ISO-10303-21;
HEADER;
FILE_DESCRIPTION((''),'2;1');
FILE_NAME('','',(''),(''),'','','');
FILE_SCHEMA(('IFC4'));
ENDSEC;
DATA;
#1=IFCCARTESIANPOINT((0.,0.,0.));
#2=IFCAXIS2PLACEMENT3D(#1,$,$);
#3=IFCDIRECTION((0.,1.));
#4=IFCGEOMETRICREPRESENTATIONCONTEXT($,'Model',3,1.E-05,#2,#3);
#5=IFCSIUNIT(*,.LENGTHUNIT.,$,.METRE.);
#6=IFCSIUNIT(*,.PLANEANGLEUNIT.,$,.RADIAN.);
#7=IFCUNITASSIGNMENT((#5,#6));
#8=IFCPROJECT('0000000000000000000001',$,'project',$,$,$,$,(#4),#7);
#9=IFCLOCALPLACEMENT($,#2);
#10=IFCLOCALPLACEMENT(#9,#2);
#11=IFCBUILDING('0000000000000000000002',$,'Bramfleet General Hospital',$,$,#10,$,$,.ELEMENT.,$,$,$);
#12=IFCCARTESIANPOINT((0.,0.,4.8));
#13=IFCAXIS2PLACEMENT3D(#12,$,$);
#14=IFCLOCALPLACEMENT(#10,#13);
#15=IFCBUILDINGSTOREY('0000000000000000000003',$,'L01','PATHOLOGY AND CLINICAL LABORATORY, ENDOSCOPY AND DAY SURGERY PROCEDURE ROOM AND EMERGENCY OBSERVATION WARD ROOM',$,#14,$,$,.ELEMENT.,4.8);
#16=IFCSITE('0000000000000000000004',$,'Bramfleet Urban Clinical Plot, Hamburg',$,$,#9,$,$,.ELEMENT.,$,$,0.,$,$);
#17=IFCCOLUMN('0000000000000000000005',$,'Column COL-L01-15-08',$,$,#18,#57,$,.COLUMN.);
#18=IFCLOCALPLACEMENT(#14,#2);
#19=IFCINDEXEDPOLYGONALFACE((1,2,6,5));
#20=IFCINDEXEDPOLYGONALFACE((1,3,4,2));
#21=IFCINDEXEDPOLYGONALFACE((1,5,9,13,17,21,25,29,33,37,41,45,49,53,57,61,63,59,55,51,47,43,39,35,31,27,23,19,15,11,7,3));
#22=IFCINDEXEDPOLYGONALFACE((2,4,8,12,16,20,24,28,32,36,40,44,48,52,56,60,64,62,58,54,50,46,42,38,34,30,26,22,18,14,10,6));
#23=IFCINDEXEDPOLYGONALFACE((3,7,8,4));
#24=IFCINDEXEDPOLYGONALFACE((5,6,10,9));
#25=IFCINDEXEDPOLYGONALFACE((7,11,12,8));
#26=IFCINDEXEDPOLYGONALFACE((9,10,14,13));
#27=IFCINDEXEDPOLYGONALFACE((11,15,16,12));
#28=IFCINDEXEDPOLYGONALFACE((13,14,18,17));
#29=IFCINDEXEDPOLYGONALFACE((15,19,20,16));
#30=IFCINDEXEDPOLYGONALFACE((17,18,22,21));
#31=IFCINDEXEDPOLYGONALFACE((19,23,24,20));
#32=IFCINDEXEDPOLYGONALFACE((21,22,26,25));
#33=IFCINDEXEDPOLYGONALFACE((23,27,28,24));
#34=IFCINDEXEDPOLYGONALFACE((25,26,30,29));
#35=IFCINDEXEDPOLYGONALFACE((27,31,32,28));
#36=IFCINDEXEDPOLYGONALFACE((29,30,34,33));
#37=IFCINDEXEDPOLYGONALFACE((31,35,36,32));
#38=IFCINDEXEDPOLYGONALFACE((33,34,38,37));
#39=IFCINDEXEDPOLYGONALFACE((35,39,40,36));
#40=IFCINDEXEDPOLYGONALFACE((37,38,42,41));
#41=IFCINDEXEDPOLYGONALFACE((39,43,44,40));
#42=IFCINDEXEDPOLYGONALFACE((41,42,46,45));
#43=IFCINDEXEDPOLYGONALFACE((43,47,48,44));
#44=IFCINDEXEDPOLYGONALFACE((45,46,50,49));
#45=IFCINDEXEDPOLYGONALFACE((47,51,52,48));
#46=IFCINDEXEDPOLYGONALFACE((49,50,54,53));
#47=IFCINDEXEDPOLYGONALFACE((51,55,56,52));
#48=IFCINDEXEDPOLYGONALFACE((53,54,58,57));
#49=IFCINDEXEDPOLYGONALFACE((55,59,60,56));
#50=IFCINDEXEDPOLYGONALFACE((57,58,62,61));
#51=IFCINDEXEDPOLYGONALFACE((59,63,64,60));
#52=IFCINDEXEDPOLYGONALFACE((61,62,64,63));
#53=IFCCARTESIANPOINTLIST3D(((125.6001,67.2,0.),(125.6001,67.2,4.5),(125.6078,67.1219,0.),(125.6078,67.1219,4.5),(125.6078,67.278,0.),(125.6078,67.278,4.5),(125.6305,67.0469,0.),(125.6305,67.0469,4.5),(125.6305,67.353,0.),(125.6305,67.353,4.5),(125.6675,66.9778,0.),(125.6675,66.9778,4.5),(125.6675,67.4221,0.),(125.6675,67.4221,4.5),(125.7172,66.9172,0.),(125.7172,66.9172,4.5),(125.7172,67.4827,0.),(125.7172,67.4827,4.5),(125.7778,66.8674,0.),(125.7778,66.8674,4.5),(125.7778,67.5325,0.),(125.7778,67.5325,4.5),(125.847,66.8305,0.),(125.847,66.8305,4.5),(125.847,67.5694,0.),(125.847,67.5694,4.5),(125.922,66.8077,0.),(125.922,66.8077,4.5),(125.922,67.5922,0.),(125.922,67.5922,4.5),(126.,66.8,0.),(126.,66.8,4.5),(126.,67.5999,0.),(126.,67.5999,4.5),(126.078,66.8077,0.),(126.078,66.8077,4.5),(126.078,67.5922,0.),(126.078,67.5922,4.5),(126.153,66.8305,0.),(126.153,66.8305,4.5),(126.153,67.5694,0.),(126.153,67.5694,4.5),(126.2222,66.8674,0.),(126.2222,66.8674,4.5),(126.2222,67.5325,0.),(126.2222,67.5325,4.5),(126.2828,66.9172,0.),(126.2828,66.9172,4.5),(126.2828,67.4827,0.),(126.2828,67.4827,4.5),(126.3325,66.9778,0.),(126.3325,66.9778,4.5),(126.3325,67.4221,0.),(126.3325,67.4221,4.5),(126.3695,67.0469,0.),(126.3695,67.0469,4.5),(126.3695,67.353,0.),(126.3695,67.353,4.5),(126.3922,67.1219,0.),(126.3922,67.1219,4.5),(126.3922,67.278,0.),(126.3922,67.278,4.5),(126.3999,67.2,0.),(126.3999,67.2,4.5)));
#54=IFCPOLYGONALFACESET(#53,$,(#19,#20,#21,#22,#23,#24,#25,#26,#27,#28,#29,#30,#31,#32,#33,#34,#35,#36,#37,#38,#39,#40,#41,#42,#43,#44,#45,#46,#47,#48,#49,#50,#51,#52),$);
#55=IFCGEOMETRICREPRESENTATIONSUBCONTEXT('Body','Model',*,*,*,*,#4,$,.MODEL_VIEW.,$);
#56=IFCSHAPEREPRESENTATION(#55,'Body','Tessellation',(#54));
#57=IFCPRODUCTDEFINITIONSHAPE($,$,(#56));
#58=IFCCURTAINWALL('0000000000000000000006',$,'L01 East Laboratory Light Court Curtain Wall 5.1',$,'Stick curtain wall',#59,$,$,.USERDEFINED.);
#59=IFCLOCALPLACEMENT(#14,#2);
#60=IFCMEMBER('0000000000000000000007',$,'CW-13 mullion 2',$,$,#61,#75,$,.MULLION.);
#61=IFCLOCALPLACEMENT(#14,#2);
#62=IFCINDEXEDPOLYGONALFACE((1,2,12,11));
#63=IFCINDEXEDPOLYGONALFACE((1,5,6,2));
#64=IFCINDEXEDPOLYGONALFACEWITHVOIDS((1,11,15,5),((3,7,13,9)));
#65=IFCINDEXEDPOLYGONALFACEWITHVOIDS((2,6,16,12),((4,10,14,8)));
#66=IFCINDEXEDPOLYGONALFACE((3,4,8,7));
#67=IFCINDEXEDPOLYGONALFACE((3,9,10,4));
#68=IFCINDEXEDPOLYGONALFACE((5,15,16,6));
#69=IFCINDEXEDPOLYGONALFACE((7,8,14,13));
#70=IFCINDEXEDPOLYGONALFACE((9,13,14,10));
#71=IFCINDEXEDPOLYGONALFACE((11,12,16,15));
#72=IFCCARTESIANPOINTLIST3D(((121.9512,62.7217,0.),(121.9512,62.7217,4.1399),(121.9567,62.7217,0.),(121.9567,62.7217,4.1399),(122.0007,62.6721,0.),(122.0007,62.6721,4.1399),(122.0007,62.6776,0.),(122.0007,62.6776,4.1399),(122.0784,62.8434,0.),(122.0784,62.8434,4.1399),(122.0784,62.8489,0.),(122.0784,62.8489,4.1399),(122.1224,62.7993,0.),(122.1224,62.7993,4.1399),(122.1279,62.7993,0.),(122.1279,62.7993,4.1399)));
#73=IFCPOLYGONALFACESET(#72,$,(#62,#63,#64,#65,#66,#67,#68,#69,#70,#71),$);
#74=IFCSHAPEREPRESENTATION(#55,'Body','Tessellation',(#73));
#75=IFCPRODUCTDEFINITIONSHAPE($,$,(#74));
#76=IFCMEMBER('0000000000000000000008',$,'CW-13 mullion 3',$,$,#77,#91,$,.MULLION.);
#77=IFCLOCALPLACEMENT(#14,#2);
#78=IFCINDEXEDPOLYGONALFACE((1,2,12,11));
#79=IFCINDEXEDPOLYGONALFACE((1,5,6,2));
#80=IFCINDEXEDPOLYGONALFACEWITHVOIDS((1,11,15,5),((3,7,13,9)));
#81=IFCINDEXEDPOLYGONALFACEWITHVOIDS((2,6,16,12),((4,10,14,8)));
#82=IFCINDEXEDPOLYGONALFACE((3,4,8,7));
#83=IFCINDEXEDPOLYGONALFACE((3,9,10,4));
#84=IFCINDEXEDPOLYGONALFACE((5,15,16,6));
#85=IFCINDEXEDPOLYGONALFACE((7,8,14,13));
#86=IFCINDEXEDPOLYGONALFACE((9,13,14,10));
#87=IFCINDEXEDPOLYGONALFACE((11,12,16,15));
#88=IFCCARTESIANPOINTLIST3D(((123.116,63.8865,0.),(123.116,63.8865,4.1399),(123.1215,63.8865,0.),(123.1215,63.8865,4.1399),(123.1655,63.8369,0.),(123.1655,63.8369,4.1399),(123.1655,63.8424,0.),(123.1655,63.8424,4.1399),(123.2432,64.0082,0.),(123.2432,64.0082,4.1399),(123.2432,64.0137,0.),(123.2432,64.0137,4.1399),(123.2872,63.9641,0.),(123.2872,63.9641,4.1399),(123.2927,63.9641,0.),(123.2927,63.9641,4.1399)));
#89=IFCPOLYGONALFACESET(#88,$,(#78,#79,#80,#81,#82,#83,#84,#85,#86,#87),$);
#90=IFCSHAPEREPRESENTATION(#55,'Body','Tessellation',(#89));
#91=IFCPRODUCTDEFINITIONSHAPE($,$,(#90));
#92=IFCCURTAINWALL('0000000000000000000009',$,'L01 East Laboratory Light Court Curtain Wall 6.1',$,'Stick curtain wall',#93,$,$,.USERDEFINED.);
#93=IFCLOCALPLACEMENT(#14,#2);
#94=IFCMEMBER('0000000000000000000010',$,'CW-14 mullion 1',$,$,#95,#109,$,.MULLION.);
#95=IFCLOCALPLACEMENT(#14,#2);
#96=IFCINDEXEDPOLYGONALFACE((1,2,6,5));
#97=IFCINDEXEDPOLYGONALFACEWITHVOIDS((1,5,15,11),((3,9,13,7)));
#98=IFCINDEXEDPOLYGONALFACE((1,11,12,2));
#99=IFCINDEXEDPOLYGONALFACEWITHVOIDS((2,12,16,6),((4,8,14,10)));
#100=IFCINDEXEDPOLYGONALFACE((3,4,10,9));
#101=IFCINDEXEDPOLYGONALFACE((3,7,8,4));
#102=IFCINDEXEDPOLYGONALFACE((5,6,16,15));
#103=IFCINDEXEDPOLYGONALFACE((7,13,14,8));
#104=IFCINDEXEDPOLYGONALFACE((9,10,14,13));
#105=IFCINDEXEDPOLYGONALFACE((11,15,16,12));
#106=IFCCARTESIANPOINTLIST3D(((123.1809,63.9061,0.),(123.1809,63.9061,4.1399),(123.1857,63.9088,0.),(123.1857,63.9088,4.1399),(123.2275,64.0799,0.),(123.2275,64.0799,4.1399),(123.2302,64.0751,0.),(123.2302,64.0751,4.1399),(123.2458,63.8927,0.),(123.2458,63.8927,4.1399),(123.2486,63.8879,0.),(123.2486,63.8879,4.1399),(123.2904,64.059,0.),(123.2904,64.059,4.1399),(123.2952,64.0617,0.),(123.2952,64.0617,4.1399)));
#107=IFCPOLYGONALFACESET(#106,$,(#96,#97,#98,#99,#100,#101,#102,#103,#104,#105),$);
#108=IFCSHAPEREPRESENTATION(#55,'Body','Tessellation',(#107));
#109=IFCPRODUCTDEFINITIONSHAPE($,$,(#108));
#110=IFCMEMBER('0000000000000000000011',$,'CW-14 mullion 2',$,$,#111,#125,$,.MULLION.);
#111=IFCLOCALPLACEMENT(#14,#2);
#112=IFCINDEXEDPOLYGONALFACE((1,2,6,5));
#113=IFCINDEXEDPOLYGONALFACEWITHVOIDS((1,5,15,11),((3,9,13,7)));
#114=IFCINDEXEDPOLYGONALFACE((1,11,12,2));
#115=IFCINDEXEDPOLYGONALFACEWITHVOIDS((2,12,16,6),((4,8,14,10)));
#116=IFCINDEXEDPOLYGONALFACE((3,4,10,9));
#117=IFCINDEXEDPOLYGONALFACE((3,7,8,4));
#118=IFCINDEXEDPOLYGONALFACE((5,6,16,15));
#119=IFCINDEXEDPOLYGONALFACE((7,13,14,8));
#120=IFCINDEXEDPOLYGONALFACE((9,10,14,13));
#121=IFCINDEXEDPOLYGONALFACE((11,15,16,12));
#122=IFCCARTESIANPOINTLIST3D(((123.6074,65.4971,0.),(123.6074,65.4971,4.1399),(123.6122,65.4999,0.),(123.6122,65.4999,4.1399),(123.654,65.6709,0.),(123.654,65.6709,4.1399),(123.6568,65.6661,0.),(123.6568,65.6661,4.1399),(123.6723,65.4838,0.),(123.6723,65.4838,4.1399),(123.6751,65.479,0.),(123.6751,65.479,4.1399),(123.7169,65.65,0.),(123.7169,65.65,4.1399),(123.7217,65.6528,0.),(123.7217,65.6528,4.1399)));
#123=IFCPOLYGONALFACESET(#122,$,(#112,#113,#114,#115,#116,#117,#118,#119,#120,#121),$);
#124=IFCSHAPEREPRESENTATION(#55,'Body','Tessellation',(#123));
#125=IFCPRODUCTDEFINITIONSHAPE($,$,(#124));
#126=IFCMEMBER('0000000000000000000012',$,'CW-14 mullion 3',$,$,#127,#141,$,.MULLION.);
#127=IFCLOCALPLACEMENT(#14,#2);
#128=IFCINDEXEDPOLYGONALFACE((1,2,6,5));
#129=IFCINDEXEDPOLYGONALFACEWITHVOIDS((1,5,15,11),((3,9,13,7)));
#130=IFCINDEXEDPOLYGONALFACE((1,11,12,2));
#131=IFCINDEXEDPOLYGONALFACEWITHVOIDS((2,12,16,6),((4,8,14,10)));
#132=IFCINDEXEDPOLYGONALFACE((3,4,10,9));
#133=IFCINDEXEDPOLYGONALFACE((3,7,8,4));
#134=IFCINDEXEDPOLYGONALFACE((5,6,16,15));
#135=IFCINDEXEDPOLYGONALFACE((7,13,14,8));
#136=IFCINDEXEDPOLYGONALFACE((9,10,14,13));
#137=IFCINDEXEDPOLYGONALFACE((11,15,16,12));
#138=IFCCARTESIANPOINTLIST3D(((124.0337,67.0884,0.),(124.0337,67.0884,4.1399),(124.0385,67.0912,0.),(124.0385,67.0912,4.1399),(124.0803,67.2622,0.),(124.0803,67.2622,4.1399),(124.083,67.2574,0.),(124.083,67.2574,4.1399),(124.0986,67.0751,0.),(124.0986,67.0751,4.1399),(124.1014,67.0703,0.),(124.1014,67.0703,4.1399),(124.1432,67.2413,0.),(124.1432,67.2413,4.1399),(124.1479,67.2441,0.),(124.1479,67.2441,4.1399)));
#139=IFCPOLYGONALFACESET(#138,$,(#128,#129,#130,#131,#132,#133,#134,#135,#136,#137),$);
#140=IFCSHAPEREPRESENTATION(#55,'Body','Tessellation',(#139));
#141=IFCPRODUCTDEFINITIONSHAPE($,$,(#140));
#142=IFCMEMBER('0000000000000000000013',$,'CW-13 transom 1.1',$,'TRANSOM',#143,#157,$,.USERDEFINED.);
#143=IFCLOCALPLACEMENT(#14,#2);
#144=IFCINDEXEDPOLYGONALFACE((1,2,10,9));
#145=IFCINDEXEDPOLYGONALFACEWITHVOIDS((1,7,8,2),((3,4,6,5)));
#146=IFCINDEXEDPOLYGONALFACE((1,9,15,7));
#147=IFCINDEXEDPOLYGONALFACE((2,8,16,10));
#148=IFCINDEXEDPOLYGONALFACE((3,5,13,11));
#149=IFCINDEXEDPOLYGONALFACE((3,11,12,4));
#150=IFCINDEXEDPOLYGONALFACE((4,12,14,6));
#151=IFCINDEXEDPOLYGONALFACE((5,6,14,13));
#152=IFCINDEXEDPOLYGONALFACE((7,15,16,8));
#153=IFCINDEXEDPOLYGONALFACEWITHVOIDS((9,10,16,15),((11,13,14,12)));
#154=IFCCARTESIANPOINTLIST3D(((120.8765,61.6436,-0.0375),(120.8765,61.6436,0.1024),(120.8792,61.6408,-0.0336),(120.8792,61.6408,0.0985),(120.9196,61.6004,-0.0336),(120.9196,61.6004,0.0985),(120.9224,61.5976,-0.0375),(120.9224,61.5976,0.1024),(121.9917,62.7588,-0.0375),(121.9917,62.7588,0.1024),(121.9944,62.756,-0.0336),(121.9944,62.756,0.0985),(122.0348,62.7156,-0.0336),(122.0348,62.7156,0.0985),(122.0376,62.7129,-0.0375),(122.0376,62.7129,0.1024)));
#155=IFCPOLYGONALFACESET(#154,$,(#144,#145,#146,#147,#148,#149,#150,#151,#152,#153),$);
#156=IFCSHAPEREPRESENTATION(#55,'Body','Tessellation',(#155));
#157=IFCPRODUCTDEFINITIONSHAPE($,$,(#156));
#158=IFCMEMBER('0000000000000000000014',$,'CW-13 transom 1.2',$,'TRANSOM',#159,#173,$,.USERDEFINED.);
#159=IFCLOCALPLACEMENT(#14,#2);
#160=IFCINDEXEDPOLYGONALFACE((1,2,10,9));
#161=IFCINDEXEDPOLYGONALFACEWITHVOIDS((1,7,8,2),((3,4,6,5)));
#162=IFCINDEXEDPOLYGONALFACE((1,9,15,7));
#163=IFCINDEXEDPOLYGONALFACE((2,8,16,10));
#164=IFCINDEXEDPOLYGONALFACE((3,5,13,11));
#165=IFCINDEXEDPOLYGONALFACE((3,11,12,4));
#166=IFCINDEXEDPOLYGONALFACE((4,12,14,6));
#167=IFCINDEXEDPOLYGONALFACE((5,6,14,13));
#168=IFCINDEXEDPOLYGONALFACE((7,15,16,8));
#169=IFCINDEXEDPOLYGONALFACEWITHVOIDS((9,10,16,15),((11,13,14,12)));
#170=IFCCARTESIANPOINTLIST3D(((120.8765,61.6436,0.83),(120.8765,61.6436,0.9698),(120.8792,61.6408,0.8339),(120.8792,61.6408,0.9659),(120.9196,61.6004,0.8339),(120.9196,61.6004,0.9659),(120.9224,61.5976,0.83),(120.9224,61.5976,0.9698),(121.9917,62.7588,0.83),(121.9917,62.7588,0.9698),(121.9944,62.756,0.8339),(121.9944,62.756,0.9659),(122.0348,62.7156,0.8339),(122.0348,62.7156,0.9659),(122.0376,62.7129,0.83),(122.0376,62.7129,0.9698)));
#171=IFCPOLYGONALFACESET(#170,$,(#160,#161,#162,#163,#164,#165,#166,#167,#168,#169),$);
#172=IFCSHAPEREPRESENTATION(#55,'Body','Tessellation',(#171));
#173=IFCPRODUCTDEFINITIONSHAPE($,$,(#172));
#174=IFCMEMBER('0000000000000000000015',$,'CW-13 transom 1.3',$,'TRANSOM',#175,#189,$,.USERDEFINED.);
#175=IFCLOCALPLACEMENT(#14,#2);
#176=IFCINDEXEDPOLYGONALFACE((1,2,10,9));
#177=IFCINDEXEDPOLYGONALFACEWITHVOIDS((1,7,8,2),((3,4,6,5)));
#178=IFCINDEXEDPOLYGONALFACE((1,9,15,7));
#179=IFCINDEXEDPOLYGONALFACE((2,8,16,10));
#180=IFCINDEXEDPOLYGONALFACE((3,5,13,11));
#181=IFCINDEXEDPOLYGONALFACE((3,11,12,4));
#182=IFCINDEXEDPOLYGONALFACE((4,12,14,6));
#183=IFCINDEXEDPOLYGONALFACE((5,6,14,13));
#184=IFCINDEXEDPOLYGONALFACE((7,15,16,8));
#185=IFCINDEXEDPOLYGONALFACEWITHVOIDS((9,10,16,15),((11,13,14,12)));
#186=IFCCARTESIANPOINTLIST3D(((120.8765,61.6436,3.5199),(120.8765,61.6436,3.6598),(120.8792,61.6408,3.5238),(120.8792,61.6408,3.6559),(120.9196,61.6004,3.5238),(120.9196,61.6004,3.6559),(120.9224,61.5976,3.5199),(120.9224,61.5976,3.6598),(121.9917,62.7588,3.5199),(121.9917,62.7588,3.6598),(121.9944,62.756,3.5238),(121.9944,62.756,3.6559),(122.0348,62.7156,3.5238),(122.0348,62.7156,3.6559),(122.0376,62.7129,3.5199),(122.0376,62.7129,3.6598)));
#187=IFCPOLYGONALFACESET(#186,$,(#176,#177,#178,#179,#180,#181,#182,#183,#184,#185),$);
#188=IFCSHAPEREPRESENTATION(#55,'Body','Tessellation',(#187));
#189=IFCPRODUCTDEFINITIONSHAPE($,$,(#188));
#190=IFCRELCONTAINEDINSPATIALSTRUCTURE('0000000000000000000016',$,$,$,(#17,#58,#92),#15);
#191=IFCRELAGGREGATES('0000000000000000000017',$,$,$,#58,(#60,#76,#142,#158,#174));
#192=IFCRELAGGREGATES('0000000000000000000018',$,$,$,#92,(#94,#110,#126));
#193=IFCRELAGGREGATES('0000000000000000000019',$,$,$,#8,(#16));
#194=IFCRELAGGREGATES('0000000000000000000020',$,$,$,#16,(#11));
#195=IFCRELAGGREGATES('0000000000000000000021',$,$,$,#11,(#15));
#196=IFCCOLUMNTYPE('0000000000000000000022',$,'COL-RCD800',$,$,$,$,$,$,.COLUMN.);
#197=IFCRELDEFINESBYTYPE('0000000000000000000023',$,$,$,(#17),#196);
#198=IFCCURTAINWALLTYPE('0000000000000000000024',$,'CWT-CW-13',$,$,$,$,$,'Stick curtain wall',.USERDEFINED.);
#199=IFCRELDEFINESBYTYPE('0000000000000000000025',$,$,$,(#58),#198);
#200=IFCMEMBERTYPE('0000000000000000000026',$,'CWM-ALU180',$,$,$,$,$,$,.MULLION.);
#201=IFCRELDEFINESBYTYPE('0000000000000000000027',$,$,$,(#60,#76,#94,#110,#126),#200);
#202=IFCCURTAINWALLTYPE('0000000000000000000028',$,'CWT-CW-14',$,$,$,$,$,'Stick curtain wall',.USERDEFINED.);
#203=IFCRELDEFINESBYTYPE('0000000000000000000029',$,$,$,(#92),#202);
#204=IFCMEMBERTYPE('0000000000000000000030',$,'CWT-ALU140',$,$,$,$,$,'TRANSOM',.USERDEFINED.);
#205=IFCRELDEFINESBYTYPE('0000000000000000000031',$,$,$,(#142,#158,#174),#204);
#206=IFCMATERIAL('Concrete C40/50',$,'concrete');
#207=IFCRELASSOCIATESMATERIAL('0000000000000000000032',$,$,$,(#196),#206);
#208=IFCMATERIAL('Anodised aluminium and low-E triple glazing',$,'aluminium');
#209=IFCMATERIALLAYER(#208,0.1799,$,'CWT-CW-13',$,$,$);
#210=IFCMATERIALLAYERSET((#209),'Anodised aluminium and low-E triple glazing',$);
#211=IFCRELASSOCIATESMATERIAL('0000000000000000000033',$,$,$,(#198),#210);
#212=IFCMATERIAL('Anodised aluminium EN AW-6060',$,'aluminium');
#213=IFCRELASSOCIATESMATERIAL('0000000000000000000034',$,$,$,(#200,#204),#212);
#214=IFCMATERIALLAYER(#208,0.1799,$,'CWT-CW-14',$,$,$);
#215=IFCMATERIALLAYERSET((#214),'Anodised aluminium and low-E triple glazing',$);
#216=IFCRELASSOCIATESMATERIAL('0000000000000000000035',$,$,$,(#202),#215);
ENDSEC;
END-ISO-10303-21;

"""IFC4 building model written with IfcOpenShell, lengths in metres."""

from ifc_helpers import new_model, si_unit, direction, frame, origin, origin_2d, place, context, subcontext, project, spatial, hollow_rectangle, circle, extrude, material, layer, layer_set, material_profile, profile_set, type_object, element, aggregate, save


model = new_model("IFC4")

# Units and contexts
model_context = context("Model", 3, precision=1e-05, world=origin(), true_north=direction((0.0, 1.0)))
body_context = subcontext(model_context, "Body", "Model", "MODEL_VIEW")
ifc_project = project(units=[si_unit("LENGTHUNIT", "METRE"), si_unit("PLANEANGLEUNIT", "RADIAN")], contexts=[model_context])

# Site, building, storey
site_placement = place(None, origin())
site = spatial("IfcSite", under=ifc_project, at=site_placement, Name="Bramfleet Urban Clinical Plot, Hamburg", CompositionType="ELEMENT", RefElevation=0.0)
building_placement = place(site_placement, origin())
building = spatial("IfcBuilding", under=site, at=building_placement, Name="Bramfleet General Hospital", CompositionType="ELEMENT")
storey_placement = place(building_placement, frame((0.0, 0.0, 4.8)))
storey = spatial("IfcBuildingStorey", under=building, at=storey_placement, Name="L01", Description="PATHOLOGY AND CLINICAL LABORATORY, ENDOSCOPY AND DAY SURGERY PROCEDURE ROOM AND EMERGENCY OBSERVATION WARD ROOM", CompositionType="ELEMENT", Elevation=4.8)

# Column
ifc_material_1 = material(Name="Concrete C40/50", Category="concrete")
ifc_material_profile_1 = material_profile(ifc_material_1, circle(Radius=0.3999, at=origin_2d()), Name="RC ROUND D800")
ifc_profile_set_1 = profile_set([ifc_material_profile_1], Name="Concrete C40/50")
column_type = type_object("IfcColumnType", Name="COL-RCD800", PredefinedType="COLUMN", material=ifc_profile_set_1)
column_placement = place(storey_placement, frame((126.0, 67.2, 0.0), z_axis=(0.0, 0.0, 1.0), x_axis=(1.0, 0.0, 0.0)))
element("IfcColumn", 1, at=column_placement, inside=storey, type_object=column_type, Name="Column COL-L01-15-08", PredefinedType="COLUMN", context=body_context, shape_type="SweptSolid", body=[
    extrude(circle(Radius=0.3999, at=origin_2d()), origin(), (0.0, 0.0, 1.0), 4.5),
])

# Curtain walls, members
ifc_material_2 = material(Name="Anodised aluminium and low-E triple glazing", Category="aluminium")
ifc_layer_1 = layer(ifc_material_2, 0.1799, Name="CWT-CW-13")
ifc_layer_set_1 = layer_set([ifc_layer_1], Name="Anodised aluminium and low-E triple glazing")
curtain_wall_type_1 = type_object("IfcCurtainWallType", Name="CWT-CW-13", ElementType="Stick curtain wall", PredefinedType="USERDEFINED", material=ifc_layer_set_1)
curtain_wall_1_placement = place(storey_placement, origin())
curtain_wall_1 = element("IfcCurtainWall", 2, at=curtain_wall_1_placement, inside=storey, type_object=curtain_wall_type_1, Name="L01 East Laboratory Light Court Curtain Wall 5.1", ObjectType="Stick curtain wall", PredefinedType="USERDEFINED")
ifc_material_3 = material(Name="Anodised aluminium EN AW-6060", Category="aluminium")
ifc_material_profile_2 = material_profile(ifc_material_3, hollow_rectangle(XDim=0.0701, YDim=0.1799, WallThickness=0.0039, at=origin_2d()), Name="ALU 180x70x4.0")
ifc_profile_set_2 = profile_set([ifc_material_profile_2], Name="Anodised aluminium EN AW-6060")
member_type_1 = type_object("IfcMemberType", Name="CWM-ALU180", PredefinedType="MULLION", material=ifc_profile_set_2)
member_1_placement = place(storey_placement, frame((122.0396, 62.7605, 0.0), z_axis=(0.0, 0.0, 1.0), x_axis=(-0.707107, 0.707107, 0.0)))
member_1 = element("IfcMember", 3, at=member_1_placement, type_object=member_type_1, Name="CW-13 mullion 2", PredefinedType="MULLION", context=body_context, shape_type="SweptSolid", body=[
    extrude(hollow_rectangle(XDim=0.0701, YDim=0.1799, WallThickness=0.0039, at=origin_2d()), origin(), (0.0, 0.0, 1.0), 4.1399),
])
member_2_placement = place(storey_placement, frame((123.2043, 63.9253, 0.0), z_axis=(0.0, 0.0, 1.0), x_axis=(-0.707107, 0.707107, 0.0)))
member_2 = element("IfcMember", 4, at=member_2_placement, type_object=member_type_1, Name="CW-13 mullion 3", PredefinedType="MULLION", context=body_context, shape_type="SweptSolid", body=[
    extrude(hollow_rectangle(XDim=0.0701, YDim=0.1799, WallThickness=0.0039, at=origin_2d()), origin(), (0.0, 0.0, 1.0), 4.1399),
])
ifc_layer_2 = layer(ifc_material_2, 0.1799, Name="CWT-CW-14")
ifc_layer_set_2 = layer_set([ifc_layer_2], Name="Anodised aluminium and low-E triple glazing")
curtain_wall_type_2 = type_object("IfcCurtainWallType", Name="CWT-CW-14", ElementType="Stick curtain wall", PredefinedType="USERDEFINED", material=ifc_layer_set_2)
curtain_wall_2_placement = place(storey_placement, origin())
curtain_wall_2 = element("IfcCurtainWall", 5, at=curtain_wall_2_placement, inside=storey, type_object=curtain_wall_type_2, Name="L01 East Laboratory Light Court Curtain Wall 6.1", ObjectType="Stick curtain wall", PredefinedType="USERDEFINED")
member_3_placement = place(storey_placement, frame((123.238, 63.9839, 0.0), z_axis=(0.0, 0.0, 1.0), x_axis=(-0.965914, 0.258865, 0.0)))
member_3 = element("IfcMember", 6, at=member_3_placement, type_object=member_type_1, Name="CW-14 mullion 1", PredefinedType="MULLION", context=body_context, shape_type="SweptSolid", body=[
    extrude(hollow_rectangle(XDim=0.0701, YDim=0.1799, WallThickness=0.0039, at=origin_2d()), origin(), (0.0, 0.0, 1.0), 4.1399),
])
member_4_placement = place(storey_placement, frame((123.6646, 65.575, 0.0), z_axis=(0.0, 0.0, 1.0), x_axis=(-0.965914, 0.258865, 0.0)))
member_4 = element("IfcMember", 7, at=member_4_placement, type_object=member_type_1, Name="CW-14 mullion 2", PredefinedType="MULLION", context=body_context, shape_type="SweptSolid", body=[
    extrude(hollow_rectangle(XDim=0.0701, YDim=0.1799, WallThickness=0.0039, at=origin_2d()), origin(), (0.0, 0.0, 1.0), 4.1399),
])
member_5_placement = place(storey_placement, frame((124.0908, 67.1663, 0.0), z_axis=(0.0, 0.0, 1.0), x_axis=(-0.965914, 0.258865, 0.0)))
member_5 = element("IfcMember", 8, at=member_5_placement, type_object=member_type_1, Name="CW-14 mullion 3", PredefinedType="MULLION", context=body_context, shape_type="SweptSolid", body=[
    extrude(hollow_rectangle(XDim=0.0701, YDim=0.1799, WallThickness=0.0039, at=origin_2d()), origin(), (0.0, 0.0, 1.0), 4.1399),
])

# Members
ifc_material_profile_3 = material_profile(ifc_material_3, hollow_rectangle(XDim=0.0649, YDim=0.1399, WallThickness=0.0039, at=origin_2d()), Name="ALU 140x65x4.0")
ifc_profile_set_3 = profile_set([ifc_material_profile_3], Name="Anodised aluminium EN AW-6060")
member_type_2 = type_object("IfcMemberType", Name="CWT-ALU140", ElementType="TRANSOM", PredefinedType="USERDEFINED", material=ifc_profile_set_3)
member_6_placement = place(storey_placement, frame((120.8994, 61.6206, 0.0325), z_axis=(0.707107, 0.707107, 0.0), x_axis=(-0.707107, 0.707107, 0.0)))
member_6 = element("IfcMember", 9, at=member_6_placement, type_object=member_type_2, Name="CW-13 transom 1.1", ObjectType="TRANSOM", PredefinedType="USERDEFINED", context=body_context, shape_type="SweptSolid", body=[
    extrude(hollow_rectangle(XDim=0.0649, YDim=0.1399, WallThickness=0.0039, at=origin_2d()), origin(), (0.0, 0.0, 1.0), 1.5771),
])
member_7_placement = place(storey_placement, frame((120.8994, 61.6206, 0.8999), z_axis=(0.707107, 0.707107, 0.0), x_axis=(-0.707107, 0.707107, 0.0)))
member_7 = element("IfcMember", 10, at=member_7_placement, type_object=member_type_2, Name="CW-13 transom 1.2", ObjectType="TRANSOM", PredefinedType="USERDEFINED", context=body_context, shape_type="SweptSolid", body=[
    extrude(hollow_rectangle(XDim=0.0649, YDim=0.1399, WallThickness=0.0039, at=origin_2d()), origin(), (0.0, 0.0, 1.0), 1.5771),
])
member_8_placement = place(storey_placement, frame((120.8994, 61.6206, 3.5898), z_axis=(0.707107, 0.707107, 0.0), x_axis=(-0.707107, 0.707107, 0.0)))
member_8 = element("IfcMember", 11, at=member_8_placement, type_object=member_type_2, Name="CW-13 transom 1.3", ObjectType="TRANSOM", PredefinedType="USERDEFINED", context=body_context, shape_type="SweptSolid", body=[
    extrude(hollow_rectangle(XDim=0.0649, YDim=0.1399, WallThickness=0.0039, at=origin_2d()), origin(), (0.0, 0.0, 1.0), 1.5771),
])

aggregate(curtain_wall_1, [member_1, member_2, member_6, member_7, member_8])
aggregate(curtain_wall_2, [member_3, member_4, member_5])

save(model, "model.ifc")
